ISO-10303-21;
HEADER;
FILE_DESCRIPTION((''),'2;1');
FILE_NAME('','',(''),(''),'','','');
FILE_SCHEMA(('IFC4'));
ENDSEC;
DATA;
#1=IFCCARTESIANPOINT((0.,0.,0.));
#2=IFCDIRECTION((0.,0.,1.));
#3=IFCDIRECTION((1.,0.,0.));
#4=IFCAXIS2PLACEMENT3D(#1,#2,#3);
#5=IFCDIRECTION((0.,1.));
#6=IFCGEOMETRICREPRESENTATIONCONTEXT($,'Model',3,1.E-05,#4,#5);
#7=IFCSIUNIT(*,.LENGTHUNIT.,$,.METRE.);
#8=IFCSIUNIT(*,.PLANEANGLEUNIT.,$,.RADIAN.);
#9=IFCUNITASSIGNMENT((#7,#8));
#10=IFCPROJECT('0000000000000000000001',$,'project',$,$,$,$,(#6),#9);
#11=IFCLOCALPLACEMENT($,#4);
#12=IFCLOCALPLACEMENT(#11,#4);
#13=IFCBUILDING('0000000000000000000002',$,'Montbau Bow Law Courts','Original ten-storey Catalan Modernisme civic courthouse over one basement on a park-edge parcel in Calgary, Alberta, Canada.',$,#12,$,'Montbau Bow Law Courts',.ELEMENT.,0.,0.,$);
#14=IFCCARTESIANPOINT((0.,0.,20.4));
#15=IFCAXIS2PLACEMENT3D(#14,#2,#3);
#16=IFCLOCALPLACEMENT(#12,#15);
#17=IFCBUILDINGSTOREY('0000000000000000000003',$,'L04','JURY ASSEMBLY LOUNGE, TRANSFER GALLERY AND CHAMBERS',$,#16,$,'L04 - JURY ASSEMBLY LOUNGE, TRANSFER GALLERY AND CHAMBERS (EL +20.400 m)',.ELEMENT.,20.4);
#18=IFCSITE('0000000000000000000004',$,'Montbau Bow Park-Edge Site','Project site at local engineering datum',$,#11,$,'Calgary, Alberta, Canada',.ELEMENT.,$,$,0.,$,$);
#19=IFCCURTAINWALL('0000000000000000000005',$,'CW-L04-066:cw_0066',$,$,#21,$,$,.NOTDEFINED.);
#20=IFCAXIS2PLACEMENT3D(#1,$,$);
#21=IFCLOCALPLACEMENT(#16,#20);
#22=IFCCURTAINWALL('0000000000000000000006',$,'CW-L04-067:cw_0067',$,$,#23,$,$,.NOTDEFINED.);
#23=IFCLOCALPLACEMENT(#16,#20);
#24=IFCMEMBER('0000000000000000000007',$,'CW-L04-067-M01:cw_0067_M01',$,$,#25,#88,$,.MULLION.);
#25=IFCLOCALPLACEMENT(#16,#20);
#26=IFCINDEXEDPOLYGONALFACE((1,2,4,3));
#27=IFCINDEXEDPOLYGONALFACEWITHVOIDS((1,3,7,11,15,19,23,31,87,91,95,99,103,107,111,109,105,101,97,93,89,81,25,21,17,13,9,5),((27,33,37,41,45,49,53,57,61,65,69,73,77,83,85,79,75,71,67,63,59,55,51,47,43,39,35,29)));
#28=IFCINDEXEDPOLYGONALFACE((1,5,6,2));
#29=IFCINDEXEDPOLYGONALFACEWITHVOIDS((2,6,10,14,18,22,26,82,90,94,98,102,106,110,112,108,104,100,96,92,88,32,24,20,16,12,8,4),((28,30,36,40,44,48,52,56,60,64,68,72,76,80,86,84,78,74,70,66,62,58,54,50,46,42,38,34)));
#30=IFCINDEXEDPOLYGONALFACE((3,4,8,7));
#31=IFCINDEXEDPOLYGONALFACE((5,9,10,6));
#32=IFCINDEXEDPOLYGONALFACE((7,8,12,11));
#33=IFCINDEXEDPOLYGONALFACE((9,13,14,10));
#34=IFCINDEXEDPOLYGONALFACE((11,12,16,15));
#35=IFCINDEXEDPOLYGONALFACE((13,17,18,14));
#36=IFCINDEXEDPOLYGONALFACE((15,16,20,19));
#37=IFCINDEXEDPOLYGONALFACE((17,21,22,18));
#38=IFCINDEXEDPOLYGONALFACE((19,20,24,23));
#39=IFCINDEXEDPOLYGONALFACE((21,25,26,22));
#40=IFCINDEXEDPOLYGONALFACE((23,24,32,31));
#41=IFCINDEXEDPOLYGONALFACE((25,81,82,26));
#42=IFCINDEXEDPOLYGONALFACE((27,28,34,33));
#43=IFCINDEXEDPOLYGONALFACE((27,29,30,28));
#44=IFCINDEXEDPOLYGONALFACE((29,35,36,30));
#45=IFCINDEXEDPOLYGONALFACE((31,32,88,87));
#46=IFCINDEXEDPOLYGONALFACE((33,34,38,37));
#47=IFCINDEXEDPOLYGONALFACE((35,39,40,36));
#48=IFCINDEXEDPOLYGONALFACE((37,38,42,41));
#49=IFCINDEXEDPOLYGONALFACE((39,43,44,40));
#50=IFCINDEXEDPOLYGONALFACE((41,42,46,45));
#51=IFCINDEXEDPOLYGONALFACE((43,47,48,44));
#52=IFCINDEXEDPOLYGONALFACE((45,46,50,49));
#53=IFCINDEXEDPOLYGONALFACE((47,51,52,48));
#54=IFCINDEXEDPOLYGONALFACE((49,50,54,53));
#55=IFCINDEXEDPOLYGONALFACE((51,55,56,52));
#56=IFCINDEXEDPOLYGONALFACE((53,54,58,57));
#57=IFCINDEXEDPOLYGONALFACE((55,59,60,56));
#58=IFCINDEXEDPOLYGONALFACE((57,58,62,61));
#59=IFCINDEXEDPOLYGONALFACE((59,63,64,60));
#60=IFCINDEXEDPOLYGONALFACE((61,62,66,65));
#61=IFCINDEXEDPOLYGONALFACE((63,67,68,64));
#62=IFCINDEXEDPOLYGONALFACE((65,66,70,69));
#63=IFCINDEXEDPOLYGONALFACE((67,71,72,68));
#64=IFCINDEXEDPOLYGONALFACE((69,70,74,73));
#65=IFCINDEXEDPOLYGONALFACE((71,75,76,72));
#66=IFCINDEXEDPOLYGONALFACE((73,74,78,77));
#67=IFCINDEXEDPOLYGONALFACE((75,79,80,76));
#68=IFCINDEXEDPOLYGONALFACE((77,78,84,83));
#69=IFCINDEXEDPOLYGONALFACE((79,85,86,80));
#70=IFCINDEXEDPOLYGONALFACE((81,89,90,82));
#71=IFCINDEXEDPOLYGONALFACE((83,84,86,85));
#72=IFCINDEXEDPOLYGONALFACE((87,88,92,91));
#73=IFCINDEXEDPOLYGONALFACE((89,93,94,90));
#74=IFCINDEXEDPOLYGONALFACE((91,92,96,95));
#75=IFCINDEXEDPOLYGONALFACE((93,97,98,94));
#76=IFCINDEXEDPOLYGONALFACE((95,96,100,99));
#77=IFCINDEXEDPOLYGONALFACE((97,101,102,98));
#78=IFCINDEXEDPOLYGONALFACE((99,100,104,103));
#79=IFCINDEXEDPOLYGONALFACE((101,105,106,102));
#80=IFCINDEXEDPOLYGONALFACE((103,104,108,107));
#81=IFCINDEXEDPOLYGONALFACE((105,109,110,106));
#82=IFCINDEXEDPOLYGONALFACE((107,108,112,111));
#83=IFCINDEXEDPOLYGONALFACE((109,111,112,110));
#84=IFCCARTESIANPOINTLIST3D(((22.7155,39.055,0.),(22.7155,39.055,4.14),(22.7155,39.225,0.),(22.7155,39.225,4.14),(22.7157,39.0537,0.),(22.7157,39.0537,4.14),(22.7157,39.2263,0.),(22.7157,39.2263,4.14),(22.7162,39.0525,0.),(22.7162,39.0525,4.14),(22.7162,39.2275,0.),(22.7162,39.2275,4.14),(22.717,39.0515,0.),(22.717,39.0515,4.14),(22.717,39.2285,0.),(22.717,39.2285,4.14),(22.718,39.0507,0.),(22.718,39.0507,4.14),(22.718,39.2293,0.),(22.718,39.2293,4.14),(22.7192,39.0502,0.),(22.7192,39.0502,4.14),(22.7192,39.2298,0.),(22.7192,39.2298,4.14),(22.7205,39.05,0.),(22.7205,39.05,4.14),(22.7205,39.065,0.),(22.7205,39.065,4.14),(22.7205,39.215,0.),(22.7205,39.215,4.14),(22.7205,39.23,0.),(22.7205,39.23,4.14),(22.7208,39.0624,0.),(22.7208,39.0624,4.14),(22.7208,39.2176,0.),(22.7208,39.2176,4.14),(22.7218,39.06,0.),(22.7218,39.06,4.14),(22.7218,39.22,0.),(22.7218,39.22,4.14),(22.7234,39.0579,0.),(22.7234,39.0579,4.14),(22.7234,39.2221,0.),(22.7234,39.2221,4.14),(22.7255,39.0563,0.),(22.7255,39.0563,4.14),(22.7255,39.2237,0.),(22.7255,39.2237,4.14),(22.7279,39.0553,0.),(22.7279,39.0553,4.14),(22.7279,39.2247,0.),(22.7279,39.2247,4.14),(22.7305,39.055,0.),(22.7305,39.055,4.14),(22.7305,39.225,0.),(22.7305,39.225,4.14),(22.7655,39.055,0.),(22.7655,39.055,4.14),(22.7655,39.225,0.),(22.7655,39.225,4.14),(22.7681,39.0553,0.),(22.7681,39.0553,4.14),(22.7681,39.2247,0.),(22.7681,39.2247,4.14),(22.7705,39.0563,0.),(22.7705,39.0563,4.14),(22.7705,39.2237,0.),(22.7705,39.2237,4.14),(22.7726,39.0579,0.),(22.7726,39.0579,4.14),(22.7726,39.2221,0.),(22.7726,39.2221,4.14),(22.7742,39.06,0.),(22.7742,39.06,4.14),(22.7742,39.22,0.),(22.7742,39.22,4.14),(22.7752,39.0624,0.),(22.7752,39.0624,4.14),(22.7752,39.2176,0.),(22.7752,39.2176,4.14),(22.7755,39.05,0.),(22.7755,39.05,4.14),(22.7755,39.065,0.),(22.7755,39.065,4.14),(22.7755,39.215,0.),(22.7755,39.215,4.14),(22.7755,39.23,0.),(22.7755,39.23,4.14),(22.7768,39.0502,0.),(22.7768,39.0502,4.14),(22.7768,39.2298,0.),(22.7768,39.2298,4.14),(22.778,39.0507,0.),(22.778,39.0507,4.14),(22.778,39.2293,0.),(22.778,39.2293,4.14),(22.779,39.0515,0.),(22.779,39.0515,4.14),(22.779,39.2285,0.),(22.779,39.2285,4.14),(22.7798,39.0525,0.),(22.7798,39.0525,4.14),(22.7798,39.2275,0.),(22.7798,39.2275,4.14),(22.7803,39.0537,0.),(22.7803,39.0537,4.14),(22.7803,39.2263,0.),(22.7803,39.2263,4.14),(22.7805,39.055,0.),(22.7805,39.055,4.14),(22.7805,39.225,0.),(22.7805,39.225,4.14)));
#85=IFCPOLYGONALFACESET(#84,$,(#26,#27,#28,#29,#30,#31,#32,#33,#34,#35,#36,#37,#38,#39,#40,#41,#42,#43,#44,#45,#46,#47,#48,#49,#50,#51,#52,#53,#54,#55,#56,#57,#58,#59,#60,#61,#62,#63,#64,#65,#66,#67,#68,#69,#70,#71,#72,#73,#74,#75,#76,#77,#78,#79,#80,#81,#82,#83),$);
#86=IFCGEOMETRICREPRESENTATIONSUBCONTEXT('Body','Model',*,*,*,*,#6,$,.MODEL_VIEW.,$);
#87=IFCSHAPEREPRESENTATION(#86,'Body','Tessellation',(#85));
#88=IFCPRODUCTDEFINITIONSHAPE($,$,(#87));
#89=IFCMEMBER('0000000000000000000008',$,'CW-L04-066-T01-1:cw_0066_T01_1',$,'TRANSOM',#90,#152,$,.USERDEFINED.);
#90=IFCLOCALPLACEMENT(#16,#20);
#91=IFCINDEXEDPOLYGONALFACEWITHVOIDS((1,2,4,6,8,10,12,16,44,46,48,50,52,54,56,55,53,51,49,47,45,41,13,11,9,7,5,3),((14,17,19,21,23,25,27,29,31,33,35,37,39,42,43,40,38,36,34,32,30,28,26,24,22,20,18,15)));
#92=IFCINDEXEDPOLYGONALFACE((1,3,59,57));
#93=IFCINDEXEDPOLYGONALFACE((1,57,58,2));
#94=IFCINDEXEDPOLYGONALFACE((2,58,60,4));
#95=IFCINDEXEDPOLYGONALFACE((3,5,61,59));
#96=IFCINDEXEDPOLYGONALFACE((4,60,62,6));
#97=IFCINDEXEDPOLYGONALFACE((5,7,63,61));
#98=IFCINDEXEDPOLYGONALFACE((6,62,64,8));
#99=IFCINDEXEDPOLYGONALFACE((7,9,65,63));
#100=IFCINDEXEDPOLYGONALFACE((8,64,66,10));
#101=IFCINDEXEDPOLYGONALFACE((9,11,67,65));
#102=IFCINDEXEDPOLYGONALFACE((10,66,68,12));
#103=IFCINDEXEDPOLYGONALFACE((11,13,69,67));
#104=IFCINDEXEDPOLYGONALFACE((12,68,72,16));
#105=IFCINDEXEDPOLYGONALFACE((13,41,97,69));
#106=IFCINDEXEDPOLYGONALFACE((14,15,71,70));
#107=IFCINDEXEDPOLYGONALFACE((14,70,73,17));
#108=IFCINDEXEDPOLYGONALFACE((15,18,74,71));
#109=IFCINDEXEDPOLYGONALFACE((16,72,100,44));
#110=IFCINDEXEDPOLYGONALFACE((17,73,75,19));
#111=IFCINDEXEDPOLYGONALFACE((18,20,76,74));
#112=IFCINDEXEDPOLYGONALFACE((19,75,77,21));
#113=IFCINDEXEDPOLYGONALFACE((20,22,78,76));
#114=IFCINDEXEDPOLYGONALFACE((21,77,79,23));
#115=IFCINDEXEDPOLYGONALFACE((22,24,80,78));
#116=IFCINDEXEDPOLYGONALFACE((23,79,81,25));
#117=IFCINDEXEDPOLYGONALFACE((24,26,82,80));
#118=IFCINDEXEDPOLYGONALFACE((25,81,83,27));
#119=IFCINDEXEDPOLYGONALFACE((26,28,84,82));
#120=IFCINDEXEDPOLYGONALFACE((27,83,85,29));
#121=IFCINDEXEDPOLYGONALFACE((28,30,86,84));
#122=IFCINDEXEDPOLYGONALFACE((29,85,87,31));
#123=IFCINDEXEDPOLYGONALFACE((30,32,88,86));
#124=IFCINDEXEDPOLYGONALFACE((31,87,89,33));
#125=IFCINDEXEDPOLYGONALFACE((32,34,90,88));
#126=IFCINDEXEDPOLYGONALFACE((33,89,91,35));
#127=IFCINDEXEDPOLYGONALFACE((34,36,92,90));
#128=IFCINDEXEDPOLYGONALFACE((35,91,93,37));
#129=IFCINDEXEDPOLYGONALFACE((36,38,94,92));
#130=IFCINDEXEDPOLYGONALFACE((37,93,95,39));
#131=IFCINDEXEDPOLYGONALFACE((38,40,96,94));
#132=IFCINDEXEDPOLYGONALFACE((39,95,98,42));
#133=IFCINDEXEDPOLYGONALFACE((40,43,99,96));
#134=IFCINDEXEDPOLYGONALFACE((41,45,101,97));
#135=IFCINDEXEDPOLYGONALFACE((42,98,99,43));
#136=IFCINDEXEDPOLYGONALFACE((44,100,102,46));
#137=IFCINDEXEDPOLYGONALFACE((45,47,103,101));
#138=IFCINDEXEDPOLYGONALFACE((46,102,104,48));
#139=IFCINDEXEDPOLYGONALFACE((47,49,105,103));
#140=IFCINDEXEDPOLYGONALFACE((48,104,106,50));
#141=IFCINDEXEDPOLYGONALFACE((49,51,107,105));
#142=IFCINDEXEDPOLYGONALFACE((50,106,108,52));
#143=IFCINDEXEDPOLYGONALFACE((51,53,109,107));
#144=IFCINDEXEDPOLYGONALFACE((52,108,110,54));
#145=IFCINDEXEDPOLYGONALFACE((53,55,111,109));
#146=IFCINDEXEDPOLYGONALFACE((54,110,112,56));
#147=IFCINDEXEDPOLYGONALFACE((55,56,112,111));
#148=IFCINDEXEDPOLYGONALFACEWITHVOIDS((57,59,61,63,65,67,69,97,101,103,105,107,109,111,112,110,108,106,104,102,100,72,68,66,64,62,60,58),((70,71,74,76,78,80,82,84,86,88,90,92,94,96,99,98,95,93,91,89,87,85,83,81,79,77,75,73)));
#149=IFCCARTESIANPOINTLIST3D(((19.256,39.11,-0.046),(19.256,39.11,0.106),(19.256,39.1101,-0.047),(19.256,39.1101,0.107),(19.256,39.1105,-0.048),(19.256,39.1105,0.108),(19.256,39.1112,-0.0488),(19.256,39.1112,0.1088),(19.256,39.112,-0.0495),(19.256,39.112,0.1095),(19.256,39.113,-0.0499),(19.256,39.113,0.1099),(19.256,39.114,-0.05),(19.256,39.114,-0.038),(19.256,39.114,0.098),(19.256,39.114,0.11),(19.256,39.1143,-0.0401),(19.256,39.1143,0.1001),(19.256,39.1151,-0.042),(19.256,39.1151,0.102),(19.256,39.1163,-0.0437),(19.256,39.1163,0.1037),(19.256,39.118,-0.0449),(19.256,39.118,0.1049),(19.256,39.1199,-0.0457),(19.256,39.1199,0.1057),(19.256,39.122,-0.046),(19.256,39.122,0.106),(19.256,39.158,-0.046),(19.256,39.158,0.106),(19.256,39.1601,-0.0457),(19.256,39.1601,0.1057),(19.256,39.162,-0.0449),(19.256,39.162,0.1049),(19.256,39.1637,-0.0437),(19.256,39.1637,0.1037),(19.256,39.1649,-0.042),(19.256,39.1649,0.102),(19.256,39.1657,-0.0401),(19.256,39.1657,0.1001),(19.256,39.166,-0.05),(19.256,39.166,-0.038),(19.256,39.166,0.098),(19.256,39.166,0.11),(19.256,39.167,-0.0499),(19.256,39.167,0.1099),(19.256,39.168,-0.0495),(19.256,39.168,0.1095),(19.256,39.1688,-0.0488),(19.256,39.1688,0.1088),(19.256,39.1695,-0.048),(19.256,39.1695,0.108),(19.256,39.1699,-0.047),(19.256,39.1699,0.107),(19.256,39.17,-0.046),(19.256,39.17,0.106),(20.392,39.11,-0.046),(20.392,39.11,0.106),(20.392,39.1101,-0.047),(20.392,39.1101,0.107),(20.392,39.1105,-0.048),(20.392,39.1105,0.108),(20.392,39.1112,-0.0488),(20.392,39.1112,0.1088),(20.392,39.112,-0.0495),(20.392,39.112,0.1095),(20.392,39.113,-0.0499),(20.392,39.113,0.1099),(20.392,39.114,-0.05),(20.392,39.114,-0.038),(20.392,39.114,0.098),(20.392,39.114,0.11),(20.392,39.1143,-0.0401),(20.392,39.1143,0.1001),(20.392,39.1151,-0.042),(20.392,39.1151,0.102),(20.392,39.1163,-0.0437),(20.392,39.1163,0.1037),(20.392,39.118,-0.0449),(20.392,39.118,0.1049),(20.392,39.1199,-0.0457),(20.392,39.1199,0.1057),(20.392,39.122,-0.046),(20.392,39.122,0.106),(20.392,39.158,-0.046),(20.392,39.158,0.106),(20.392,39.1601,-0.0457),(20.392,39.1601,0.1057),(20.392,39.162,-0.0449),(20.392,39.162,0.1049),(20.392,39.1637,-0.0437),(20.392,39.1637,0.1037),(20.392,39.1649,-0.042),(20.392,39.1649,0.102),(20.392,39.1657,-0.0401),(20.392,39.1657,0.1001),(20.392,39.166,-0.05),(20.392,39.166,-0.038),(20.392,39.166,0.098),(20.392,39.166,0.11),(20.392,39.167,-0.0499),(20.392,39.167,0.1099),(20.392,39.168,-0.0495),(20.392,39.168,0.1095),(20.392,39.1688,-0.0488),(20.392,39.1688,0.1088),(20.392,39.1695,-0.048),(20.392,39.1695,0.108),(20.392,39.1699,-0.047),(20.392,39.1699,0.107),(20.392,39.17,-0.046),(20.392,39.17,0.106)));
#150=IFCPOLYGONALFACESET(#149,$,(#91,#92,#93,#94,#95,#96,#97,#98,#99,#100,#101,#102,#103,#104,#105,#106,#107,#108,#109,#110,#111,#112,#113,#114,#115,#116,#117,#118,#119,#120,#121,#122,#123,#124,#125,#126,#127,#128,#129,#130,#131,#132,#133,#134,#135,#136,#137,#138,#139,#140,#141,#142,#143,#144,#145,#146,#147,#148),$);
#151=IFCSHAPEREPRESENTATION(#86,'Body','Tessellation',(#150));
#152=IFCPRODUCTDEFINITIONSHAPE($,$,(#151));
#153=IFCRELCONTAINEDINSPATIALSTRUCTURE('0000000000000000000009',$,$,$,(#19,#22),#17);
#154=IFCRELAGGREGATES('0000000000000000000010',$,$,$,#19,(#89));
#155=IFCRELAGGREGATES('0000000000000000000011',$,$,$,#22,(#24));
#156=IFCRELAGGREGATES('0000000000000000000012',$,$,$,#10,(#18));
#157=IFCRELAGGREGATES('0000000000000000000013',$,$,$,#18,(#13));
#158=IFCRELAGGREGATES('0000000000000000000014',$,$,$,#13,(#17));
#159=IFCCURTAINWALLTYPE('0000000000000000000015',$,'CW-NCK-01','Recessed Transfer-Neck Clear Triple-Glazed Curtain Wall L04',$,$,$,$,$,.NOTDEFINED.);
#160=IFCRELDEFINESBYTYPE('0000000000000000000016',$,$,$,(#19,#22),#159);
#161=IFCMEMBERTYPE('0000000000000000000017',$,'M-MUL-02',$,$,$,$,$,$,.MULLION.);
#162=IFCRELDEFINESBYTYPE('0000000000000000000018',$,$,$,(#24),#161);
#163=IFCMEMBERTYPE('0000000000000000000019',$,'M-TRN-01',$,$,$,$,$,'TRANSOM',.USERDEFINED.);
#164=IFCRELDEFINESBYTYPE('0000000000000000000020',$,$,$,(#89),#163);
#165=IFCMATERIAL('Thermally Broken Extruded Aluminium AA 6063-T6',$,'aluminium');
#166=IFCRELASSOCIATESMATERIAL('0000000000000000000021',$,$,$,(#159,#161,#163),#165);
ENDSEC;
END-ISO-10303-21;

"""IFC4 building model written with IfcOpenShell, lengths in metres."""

from ifc_helpers import new_model, si_unit, direction, frame, origin_with_axes, origin_2d_with_axis, place, context, subcontext, project, spatial, hollow_rectangle, extrude, material, material_profile, profile_set, type_object, element, aggregate, save


model = new_model("IFC4")

# Units and contexts
model_context = context("Model", 3, precision=1e-05, world=origin_with_axes(), true_north=direction((0.0, 1.0)))
body_context = subcontext(model_context, "Body", "Model", "MODEL_VIEW")
ifc_project = project(units=[si_unit("LENGTHUNIT", "METRE"), si_unit("PLANEANGLEUNIT", "RADIAN")], contexts=[model_context])

# Site, building, storey
site_placement = place(None, origin_with_axes())
site = spatial("IfcSite", under=ifc_project, at=site_placement, Name="Montbau Bow Park-Edge Site", Description="Project site at local engineering datum", LongName="Calgary, Alberta, Canada", CompositionType="ELEMENT", RefElevation=0.0)
building_placement = place(site_placement, origin_with_axes())
building = spatial("IfcBuilding", under=site, at=building_placement, Name="Montbau Bow Law Courts", Description="Original ten-storey Catalan Modernisme civic courthouse over one basement on a park-edge parcel in Calgary, Alberta, Canada.", LongName="Montbau Bow Law Courts", CompositionType="ELEMENT", ElevationOfRefHeight=0.0, ElevationOfTerrain=0.0)
storey_placement = place(building_placement, frame((0.0, 0.0, 20.4), z_axis=(0.0, 0.0, 1.0), x_axis=(1.0, 0.0, 0.0)))
storey = spatial("IfcBuildingStorey", under=building, at=storey_placement, Name="L04", Description="JURY ASSEMBLY LOUNGE, TRANSFER GALLERY AND CHAMBERS", LongName="L04 - JURY ASSEMBLY LOUNGE, TRANSFER GALLERY AND CHAMBERS (EL +20.400 m)", CompositionType="ELEMENT", Elevation=20.4)

# Curtain wall
ifc_material_1 = material(Name="Thermally Broken Extruded Aluminium AA 6063-T6", Category="aluminium")
curtain_wall_type = type_object("IfcCurtainWallType", Name="CW-NCK-01", Description="Recessed Transfer-Neck Clear Triple-Glazed Curtain Wall L04", PredefinedType="NOTDEFINED", material=ifc_material_1)
curtain_wall_1_placement = place(None, frame((19.18, 39.14, 20.4), z_axis=(0.0, 0.0, 1.0), x_axis=(1.0, 0.0, 0.0)))
curtain_wall_1 = element("IfcCurtainWall", 1, at=curtain_wall_1_placement, inside=storey, type_object=curtain_wall_type, Name="CW-L04-066:cw_0066", PredefinedType="NOTDEFINED")

# Curtain wall, member
curtain_wall_2_placement = place(None, frame((22.715, 39.14, 20.4), z_axis=(0.0, 0.0, 1.0), x_axis=(1.0, 0.0, 0.0)))
curtain_wall_2 = element("IfcCurtainWall", 2, at=curtain_wall_2_placement, inside=storey, type_object=curtain_wall_type, Name="CW-L04-067:cw_0067", PredefinedType="NOTDEFINED")
ifc_material_profile_1 = material_profile(ifc_material_1, hollow_rectangle(XDim=0.065, YDim=0.18, WallThickness=0.005, InnerFilletRadius=0.01, OuterFilletRadius=0.005, at=origin_2d_with_axis()), Name="CWM-180X65", Category="Main", Priority=0)
ifc_profile_set_1 = profile_set([ifc_material_profile_1], Name="Thermally Broken Extruded Aluminium AA 6063-T6")
member_type_1 = type_object("IfcMemberType", Name="M-MUL-02", PredefinedType="MULLION", material=ifc_profile_set_1)
member_1_placement = place(None, frame((22.748, 39.14, 20.4), z_axis=(0.0, 0.0, 1.0), x_axis=(1.0, 0.0, 0.0)))
member_1 = element("IfcMember", 3, at=member_1_placement, type_object=member_type_1, Name="CW-L04-067-M01:cw_0067_M01", PredefinedType="MULLION", context=body_context, shape_type="SweptSolid", body=[
    extrude(hollow_rectangle(XDim=0.065, YDim=0.18, WallThickness=0.005, InnerFilletRadius=0.01, OuterFilletRadius=0.005, at=origin_2d_with_axis()), origin_with_axes(), (0.0, 0.0, 1.0), 4.14),
])

# Member
ifc_material_profile_2 = material_profile(ifc_material_1, hollow_rectangle(XDim=0.06, YDim=0.16, WallThickness=0.004, InnerFilletRadius=0.008, OuterFilletRadius=0.004, at=origin_2d_with_axis()), Name="CWT-160X60", Category="Main", Priority=0)
ifc_profile_set_2 = profile_set([ifc_material_profile_2], Name="Thermally Broken Extruded Aluminium AA 6063-T6")
member_type_2 = type_object("IfcMemberType", Name="M-TRN-01", ElementType="TRANSOM", PredefinedType="USERDEFINED", material=ifc_profile_set_2)
member_2_placement = place(None, frame((19.256, 39.14, 20.43), z_axis=(1.0, 0.0, 0.0), x_axis=(0.0, 1.0, 0.0)))
member_2 = element("IfcMember", 4, at=member_2_placement, type_object=member_type_2, Name="CW-L04-066-T01-1:cw_0066_T01_1", ObjectType="TRANSOM", PredefinedType="USERDEFINED", context=body_context, shape_type="SweptSolid", body=[
    extrude(hollow_rectangle(XDim=0.06, YDim=0.16, WallThickness=0.004, InnerFilletRadius=0.008, OuterFilletRadius=0.004, at=origin_2d_with_axis()), origin_with_axes(), (0.0, 0.0, 1.0), 1.136),
])

aggregate(curtain_wall_1, [member_2])
aggregate(curtain_wall_2, [member_1])

save(model, "model.ifc")
